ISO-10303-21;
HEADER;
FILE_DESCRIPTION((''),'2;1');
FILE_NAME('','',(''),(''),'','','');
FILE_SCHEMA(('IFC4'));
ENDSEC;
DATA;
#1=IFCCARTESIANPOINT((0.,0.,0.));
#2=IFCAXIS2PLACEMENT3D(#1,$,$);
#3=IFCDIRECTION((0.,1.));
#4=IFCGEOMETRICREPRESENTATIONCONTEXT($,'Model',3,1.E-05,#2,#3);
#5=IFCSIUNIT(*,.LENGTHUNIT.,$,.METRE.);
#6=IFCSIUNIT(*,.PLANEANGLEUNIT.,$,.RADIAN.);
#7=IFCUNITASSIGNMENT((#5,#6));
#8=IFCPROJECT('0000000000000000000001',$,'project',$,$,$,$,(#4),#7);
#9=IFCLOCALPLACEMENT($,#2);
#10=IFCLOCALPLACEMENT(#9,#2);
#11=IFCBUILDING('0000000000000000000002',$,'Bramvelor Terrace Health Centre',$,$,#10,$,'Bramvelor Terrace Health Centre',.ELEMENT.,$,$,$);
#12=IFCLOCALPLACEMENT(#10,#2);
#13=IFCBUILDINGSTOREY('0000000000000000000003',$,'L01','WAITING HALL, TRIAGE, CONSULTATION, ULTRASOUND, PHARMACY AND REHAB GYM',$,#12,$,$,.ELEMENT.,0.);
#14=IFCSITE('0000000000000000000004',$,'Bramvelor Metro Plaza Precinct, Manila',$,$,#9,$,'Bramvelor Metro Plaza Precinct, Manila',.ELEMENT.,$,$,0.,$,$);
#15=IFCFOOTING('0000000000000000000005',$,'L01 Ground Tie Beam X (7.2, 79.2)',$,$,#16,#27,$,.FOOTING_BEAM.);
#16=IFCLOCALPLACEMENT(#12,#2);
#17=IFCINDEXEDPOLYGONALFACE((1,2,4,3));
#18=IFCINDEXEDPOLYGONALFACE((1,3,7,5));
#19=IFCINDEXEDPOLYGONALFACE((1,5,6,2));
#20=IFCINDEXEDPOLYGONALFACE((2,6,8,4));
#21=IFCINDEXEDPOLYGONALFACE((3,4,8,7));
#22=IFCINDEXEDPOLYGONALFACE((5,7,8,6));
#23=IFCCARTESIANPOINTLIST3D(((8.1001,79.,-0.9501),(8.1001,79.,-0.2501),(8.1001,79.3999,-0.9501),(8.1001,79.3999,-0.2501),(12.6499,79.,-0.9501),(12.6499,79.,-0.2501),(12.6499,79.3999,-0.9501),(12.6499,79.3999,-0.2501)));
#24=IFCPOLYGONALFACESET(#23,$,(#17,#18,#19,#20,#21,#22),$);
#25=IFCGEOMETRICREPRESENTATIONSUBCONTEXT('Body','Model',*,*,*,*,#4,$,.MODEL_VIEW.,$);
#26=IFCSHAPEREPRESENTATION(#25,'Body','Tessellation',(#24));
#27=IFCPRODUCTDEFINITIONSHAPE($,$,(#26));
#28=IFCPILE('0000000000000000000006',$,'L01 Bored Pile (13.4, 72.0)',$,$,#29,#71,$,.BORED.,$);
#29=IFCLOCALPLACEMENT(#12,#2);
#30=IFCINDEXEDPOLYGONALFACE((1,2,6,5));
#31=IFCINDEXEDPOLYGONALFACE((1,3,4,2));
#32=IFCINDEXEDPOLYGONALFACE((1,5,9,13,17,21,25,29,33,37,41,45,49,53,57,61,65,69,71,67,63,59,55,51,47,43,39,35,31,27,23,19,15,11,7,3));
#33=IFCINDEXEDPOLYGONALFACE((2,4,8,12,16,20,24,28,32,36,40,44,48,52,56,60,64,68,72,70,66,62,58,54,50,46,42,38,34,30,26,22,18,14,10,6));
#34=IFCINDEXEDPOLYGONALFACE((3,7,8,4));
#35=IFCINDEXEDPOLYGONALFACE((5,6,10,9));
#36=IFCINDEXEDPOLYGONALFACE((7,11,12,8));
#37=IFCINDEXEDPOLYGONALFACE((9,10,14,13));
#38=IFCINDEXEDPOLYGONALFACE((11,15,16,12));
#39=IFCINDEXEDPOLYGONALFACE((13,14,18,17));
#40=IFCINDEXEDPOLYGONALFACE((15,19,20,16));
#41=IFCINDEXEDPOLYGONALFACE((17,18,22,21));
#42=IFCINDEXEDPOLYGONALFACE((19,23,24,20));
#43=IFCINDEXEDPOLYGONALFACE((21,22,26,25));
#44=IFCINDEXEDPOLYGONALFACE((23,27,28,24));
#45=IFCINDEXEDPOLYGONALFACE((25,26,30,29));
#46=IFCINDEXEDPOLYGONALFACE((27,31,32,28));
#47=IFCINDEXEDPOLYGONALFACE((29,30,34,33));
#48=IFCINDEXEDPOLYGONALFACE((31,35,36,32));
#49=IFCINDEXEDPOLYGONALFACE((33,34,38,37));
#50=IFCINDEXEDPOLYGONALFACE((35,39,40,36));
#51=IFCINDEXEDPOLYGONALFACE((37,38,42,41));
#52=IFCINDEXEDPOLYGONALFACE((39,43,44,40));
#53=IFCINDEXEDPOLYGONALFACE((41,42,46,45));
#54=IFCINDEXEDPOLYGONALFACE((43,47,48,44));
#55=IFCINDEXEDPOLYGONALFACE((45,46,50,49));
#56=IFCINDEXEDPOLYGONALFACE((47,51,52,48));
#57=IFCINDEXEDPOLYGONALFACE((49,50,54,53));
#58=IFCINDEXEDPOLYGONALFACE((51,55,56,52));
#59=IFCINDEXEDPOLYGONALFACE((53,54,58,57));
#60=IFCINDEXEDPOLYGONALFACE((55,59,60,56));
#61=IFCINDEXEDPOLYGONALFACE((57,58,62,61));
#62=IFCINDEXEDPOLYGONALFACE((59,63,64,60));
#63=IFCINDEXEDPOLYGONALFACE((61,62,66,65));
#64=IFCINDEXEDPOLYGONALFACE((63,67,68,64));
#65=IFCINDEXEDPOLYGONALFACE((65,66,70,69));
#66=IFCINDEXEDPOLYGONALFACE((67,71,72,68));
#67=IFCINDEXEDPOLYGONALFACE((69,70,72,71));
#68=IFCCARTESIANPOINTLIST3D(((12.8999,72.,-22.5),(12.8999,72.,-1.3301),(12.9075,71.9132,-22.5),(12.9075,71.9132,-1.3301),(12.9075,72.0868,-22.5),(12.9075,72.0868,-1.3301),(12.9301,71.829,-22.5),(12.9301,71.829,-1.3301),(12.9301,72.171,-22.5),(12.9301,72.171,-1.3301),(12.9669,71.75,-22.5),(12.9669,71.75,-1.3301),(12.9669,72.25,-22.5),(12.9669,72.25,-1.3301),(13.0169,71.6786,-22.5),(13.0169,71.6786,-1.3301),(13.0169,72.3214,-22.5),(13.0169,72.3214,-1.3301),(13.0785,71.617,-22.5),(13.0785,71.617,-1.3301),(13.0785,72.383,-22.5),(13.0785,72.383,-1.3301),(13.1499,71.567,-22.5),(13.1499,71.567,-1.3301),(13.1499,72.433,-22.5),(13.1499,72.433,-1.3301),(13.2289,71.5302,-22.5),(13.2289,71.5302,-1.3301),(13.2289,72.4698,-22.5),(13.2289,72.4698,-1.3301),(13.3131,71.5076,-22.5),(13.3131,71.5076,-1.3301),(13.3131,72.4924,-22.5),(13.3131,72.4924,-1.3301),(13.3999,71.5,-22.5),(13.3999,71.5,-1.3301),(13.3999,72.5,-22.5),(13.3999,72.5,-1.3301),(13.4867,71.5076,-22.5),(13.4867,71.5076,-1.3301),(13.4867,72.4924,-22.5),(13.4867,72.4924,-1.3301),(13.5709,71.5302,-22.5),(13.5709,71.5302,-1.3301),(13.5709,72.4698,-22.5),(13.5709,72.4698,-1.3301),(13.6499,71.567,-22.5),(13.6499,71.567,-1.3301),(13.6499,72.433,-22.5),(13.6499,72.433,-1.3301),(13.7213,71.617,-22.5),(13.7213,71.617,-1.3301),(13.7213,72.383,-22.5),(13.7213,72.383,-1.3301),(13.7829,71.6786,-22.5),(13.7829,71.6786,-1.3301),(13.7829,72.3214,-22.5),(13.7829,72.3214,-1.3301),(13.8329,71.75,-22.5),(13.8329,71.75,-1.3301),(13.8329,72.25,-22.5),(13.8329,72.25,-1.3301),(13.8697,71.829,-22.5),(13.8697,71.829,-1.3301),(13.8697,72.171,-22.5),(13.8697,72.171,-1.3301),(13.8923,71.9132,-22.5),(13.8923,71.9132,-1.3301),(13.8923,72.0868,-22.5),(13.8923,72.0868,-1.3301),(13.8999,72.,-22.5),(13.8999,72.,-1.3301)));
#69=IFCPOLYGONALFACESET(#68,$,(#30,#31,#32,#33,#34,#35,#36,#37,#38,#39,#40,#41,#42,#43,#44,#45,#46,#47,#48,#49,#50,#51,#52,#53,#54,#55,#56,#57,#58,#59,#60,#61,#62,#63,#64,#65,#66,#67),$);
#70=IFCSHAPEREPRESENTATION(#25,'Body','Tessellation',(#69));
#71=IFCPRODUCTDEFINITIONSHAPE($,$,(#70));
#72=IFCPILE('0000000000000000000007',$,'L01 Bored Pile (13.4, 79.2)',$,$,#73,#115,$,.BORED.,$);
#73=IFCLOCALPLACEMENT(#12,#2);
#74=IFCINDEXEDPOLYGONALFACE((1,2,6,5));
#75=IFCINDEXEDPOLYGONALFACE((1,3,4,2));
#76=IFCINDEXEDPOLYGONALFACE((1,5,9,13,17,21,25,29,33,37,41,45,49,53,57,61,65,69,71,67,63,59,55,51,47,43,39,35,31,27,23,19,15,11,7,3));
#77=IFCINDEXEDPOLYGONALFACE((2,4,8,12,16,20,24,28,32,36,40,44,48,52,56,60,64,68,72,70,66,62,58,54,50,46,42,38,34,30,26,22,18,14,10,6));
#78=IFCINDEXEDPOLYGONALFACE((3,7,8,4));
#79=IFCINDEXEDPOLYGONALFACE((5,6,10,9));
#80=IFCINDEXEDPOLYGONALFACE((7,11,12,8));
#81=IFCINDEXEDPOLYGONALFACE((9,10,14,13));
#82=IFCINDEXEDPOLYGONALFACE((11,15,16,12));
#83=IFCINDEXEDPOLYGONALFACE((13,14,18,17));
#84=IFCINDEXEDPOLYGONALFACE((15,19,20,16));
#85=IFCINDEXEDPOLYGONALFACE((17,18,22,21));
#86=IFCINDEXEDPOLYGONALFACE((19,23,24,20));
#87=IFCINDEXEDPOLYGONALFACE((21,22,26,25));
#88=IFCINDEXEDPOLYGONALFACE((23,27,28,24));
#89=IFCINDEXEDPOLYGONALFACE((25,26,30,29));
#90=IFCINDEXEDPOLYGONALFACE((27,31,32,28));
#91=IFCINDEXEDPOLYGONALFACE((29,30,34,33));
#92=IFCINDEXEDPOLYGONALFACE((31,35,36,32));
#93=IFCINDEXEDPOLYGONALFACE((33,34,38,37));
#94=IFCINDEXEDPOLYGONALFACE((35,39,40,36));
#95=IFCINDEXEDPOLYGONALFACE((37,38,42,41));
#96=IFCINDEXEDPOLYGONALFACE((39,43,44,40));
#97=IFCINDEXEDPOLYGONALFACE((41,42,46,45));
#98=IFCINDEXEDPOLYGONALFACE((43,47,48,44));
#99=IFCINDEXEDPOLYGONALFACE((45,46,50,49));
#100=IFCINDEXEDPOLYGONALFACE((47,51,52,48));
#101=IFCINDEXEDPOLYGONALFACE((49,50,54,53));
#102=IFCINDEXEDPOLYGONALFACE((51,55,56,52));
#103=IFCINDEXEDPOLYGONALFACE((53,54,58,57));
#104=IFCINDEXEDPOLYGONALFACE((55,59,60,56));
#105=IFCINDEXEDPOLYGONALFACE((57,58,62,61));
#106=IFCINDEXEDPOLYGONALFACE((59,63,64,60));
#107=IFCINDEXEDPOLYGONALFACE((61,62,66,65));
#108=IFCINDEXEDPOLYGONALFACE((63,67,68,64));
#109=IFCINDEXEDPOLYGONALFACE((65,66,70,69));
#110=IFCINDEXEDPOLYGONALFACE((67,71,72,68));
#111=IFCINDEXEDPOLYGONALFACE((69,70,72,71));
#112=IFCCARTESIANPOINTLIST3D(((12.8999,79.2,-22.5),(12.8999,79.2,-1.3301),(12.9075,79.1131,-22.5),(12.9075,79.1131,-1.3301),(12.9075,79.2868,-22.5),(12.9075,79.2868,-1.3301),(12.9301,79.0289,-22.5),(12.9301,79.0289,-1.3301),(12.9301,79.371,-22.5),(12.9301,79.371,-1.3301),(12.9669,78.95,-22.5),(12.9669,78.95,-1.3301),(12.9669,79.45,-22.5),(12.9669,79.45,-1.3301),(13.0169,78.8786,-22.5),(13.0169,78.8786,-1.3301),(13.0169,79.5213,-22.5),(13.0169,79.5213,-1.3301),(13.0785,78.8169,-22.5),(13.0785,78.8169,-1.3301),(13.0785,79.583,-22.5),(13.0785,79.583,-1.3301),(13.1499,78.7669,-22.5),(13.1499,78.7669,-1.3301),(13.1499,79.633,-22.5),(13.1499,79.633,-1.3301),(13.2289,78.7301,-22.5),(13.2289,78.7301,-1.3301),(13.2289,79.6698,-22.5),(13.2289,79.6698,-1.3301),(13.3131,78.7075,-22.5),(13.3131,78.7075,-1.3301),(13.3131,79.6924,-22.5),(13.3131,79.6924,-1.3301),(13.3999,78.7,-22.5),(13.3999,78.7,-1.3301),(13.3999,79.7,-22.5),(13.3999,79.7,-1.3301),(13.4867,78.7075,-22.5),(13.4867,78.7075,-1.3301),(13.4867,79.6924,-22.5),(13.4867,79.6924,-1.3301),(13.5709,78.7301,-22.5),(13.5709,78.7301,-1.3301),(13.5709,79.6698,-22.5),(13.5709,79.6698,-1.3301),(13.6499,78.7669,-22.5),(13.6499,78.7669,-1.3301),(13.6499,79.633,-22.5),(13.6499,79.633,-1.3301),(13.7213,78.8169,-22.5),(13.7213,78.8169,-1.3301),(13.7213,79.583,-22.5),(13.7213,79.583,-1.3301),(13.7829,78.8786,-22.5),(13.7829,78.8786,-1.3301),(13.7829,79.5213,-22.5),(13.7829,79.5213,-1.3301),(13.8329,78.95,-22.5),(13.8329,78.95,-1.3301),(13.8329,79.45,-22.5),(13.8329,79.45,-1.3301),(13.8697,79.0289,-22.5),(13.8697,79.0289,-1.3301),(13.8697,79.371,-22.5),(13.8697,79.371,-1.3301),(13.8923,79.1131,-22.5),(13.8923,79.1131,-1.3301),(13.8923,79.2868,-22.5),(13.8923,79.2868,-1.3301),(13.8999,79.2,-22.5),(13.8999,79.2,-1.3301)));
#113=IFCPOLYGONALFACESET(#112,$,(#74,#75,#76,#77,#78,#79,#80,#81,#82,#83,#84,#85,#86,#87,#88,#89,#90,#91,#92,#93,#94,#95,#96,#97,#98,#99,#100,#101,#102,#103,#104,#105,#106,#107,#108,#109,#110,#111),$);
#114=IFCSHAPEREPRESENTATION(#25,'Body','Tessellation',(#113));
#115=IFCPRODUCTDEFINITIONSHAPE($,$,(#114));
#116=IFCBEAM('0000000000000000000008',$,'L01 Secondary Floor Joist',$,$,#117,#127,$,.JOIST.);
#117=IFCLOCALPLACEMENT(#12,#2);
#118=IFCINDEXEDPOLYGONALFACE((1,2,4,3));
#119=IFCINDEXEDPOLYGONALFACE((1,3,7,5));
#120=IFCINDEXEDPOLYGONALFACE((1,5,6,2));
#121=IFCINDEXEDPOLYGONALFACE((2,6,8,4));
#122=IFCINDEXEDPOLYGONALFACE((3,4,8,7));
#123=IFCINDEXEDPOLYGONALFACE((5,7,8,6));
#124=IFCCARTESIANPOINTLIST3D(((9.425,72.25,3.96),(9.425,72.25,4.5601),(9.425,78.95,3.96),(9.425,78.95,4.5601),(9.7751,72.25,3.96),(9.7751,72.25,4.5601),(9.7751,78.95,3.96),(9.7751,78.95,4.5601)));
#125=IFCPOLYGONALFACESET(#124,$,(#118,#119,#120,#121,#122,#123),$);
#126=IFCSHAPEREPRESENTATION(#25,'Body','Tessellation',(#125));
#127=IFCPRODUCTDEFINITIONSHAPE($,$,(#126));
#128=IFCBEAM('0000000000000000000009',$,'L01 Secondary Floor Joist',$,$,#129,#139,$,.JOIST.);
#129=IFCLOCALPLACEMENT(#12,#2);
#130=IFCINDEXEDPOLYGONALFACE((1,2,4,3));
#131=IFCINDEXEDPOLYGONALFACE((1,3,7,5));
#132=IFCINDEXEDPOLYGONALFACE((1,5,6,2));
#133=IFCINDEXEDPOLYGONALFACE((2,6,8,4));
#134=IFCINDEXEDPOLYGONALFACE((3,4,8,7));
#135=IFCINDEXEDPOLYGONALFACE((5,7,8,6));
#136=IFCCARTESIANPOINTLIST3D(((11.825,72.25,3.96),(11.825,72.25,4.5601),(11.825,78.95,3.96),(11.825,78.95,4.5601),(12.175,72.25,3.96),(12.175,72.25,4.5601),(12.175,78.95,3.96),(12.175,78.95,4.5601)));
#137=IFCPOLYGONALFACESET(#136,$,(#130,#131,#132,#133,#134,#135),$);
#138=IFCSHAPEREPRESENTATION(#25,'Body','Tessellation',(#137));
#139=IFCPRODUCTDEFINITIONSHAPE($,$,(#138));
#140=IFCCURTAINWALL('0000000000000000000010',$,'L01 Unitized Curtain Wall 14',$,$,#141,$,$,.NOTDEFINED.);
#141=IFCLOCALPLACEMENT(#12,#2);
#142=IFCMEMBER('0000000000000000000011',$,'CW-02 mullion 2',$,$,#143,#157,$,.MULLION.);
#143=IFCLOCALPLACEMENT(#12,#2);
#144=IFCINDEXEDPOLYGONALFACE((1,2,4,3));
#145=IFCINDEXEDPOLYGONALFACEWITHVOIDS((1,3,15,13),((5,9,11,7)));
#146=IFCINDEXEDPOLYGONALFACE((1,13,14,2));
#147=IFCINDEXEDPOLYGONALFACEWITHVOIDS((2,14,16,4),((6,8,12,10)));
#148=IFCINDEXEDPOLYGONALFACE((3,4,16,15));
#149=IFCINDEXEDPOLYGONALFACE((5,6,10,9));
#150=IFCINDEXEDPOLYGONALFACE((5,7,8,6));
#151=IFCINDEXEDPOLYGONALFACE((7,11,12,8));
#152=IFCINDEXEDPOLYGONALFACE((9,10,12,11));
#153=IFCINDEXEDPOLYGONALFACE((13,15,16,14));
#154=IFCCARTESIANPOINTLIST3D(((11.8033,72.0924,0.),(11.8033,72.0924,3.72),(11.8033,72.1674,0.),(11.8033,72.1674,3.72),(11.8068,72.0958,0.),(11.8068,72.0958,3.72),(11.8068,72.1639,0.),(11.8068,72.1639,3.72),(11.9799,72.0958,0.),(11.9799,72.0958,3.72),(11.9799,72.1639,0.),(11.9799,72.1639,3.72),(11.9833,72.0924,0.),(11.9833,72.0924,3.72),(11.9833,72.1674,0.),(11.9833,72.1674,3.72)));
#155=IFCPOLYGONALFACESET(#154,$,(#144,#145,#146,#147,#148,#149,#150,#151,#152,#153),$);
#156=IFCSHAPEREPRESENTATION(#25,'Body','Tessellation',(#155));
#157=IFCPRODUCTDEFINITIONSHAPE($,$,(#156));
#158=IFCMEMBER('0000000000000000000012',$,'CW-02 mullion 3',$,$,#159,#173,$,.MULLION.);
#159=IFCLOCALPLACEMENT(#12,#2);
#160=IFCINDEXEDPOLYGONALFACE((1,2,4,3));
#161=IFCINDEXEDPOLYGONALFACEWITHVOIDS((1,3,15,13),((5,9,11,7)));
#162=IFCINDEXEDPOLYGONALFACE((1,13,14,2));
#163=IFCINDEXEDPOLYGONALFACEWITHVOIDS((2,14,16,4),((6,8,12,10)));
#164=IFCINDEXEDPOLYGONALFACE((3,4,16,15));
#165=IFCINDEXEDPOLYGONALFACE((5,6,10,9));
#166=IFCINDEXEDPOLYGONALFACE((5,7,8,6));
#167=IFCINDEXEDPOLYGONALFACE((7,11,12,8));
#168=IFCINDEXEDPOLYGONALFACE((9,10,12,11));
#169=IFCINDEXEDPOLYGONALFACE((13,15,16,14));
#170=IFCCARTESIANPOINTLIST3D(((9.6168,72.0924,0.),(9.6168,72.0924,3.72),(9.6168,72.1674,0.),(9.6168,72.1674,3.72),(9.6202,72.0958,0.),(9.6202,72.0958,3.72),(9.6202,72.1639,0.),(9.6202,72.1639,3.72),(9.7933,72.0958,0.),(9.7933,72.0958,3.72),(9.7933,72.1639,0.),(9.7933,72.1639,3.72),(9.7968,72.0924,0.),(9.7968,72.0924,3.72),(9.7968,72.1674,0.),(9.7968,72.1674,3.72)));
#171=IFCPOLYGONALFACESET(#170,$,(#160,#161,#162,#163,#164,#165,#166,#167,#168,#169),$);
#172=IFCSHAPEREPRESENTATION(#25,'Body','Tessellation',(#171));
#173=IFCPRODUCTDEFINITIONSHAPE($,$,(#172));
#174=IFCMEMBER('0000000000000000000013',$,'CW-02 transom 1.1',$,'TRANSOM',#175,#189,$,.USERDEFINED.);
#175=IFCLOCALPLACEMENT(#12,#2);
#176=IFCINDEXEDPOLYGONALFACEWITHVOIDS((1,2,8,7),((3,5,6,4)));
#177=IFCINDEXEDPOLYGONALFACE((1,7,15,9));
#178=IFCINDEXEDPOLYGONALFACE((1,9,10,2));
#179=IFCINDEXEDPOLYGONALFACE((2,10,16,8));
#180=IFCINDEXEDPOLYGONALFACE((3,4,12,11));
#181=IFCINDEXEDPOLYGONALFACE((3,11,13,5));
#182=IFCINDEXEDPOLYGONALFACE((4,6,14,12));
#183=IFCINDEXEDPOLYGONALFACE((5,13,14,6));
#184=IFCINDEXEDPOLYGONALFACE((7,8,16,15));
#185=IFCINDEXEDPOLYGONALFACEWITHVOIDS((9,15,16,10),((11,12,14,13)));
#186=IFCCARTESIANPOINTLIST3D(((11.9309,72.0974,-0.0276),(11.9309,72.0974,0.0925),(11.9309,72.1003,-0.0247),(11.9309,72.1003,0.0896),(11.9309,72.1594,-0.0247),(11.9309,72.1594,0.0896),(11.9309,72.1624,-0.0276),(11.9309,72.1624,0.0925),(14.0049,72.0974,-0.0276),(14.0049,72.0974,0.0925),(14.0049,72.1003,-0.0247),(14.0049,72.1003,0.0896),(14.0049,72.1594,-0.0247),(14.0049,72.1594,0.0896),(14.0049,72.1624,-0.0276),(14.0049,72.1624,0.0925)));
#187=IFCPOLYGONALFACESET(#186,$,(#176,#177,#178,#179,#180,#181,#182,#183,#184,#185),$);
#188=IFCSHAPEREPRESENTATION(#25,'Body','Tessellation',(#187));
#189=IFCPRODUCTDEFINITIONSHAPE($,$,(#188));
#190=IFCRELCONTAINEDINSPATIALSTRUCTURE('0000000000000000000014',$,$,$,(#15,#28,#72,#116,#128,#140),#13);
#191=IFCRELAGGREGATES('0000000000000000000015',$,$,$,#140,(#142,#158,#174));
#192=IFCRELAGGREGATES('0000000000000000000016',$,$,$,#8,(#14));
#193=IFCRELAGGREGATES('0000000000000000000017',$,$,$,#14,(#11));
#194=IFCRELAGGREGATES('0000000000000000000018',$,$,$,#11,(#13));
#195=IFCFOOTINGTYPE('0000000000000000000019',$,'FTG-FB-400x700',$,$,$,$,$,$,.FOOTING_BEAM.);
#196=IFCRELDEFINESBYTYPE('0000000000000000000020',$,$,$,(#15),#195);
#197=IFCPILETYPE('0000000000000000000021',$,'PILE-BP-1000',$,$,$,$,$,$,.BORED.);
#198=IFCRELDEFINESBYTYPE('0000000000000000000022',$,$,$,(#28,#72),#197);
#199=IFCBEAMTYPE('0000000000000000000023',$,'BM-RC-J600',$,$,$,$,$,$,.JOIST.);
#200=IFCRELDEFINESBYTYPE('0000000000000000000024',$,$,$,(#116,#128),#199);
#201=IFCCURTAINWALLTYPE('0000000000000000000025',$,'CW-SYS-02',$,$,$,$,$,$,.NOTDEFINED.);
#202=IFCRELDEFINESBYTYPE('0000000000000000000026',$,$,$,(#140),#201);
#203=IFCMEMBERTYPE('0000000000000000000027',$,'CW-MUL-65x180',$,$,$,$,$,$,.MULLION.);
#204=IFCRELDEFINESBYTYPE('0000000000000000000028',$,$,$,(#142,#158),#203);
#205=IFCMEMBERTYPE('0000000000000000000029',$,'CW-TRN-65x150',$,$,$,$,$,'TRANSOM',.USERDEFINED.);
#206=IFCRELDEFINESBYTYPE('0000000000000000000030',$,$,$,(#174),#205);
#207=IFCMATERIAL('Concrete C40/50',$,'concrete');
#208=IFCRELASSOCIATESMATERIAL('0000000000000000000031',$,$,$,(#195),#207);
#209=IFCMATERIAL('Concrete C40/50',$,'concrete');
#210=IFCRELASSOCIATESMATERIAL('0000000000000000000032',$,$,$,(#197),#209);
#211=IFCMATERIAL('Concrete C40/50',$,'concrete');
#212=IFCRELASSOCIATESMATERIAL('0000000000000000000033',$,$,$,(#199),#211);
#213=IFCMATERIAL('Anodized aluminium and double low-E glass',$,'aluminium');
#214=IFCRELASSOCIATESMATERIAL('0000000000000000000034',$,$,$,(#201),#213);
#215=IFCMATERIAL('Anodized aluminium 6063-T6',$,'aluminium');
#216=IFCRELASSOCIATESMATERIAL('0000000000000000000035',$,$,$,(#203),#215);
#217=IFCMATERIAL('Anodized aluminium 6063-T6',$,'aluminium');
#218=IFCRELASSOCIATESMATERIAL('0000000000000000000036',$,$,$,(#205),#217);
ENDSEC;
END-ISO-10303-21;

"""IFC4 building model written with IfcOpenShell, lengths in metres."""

from ifc_helpers import new_model, si_unit, direction, frame, origin, origin_2d, place, context, subcontext, project, spatial, rectangle, hollow_rectangle, circle, extrude, material, material_profile, profile_set, type_object, element, aggregate, save


model = new_model("IFC4")

# Units and contexts
model_context = context("Model", 3, precision=1e-05, world=origin(), true_north=direction((0.0, 1.0)))
body_context = subcontext(model_context, "Body", "Model", "MODEL_VIEW")
ifc_project = project(units=[si_unit("LENGTHUNIT", "METRE"), si_unit("PLANEANGLEUNIT", "RADIAN")], contexts=[model_context])

# Site, building, storey
site_placement = place(None, origin())
site = spatial("IfcSite", under=ifc_project, at=site_placement, Name="Bramvelor Metro Plaza Precinct, Manila", LongName="Bramvelor Metro Plaza Precinct, Manila", CompositionType="ELEMENT", RefElevation=0.0)
building_placement = place(site_placement, origin())
building = spatial("IfcBuilding", under=site, at=building_placement, Name="Bramvelor Terrace Health Centre", LongName="Bramvelor Terrace Health Centre", CompositionType="ELEMENT")
storey_placement = place(building_placement, origin())
storey = spatial("IfcBuildingStorey", under=building, at=storey_placement, Name="L01", Description="WAITING HALL, TRIAGE, CONSULTATION, ULTRASOUND, PHARMACY AND REHAB GYM", CompositionType="ELEMENT", Elevation=0.0)

# Footing
ifc_material_1 = material(Name="Concrete C40/50", Category="concrete")
ifc_material_profile_1 = material_profile(ifc_material_1, rectangle(XDim=0.3999, YDim=0.7, at=origin_2d()), Name="RC 400x700")
ifc_profile_set_1 = profile_set([ifc_material_profile_1], Name="Concrete C40/50")
footing_type = type_object("IfcFootingType", Name="FTG-FB-400x700", PredefinedType="FOOTING_BEAM", material=ifc_profile_set_1)
footing_placement = place(storey_placement, frame((8.1001, 79.2, -0.6001), z_axis=(1.0, 0.0, 0.0), x_axis=(0.0, 1.0, 0.0)))
element("IfcFooting", 1, at=footing_placement, inside=storey, type_object=footing_type, Name="L01 Ground Tie Beam X (7.2, 79.2)", PredefinedType="FOOTING_BEAM", context=body_context, shape_type="SweptSolid", body=[
    extrude(rectangle(XDim=0.3999, YDim=0.7, at=origin_2d()), origin(), (0.0, 0.0, 1.0), 4.5498),
])

# Piles
ifc_material_2 = material(Name="Concrete C40/50", Category="concrete")
ifc_material_profile_2 = material_profile(ifc_material_2, circle(Radius=0.5, at=origin_2d()), Name="BP D1000")
ifc_profile_set_2 = profile_set([ifc_material_profile_2], Name="Concrete C40/50")
pile_type = type_object("IfcPileType", Name="PILE-BP-1000", PredefinedType="BORED", material=ifc_profile_set_2)
for number, where, z_axis, x_axis, name in (
    (2, (13.3999, 72.0, -1.3301), (0.0, 0.0, -1.0), (1.0, 0.0, 0.0), "L01 Bored Pile (13.4, 72.0)"),
    (3, (13.3999, 79.2, -1.3301), (0.0, 0.0, -1.0), (1.0, 0.0, 0.0), "L01 Bored Pile (13.4, 79.2)"),
):
    element("IfcPile", number, at=place(storey_placement, frame(where, z_axis=z_axis, x_axis=x_axis)), inside=storey, type_object=pile_type, Name=name, PredefinedType="BORED", context=body_context, shape_type="SweptSolid", body=[
        extrude(circle(Radius=0.5, at=origin_2d()), origin(), (0.0, 0.0, 1.0), 21.1699),
    ])

# Beams
ifc_material_3 = material(Name="Concrete C40/50", Category="concrete")
ifc_material_profile_3 = material_profile(ifc_material_3, rectangle(XDim=0.3501, YDim=0.6001, at=origin_2d()), Name="RC 350x600")
ifc_profile_set_3 = profile_set([ifc_material_profile_3], Name="Concrete C40/50")
beam_type = type_object("IfcBeamType", Name="BM-RC-J600", PredefinedType="JOIST", material=ifc_profile_set_3)
for number, where, z_axis, x_axis, name in (
    (4, (9.6001, 72.25, 4.26), (0.0, 1.0, 0.0), (-1.0, 0.0, 0.0), "L01 Secondary Floor Joist"),
    (5, (12.0, 72.25, 4.26), (0.0, 1.0, 0.0), (-1.0, 0.0, 0.0), "L01 Secondary Floor Joist"),
):
    element("IfcBeam", number, at=place(storey_placement, frame(where, z_axis=z_axis, x_axis=x_axis)), inside=storey, type_object=beam_type, Name=name, PredefinedType="JOIST", context=body_context, shape_type="SweptSolid", body=[
        extrude(rectangle(XDim=0.3501, YDim=0.6001, at=origin_2d()), origin(), (0.0, 0.0, 1.0), 6.7),
    ])

# Curtain wall, members
ifc_material_4 = material(Name="Anodized aluminium and double low-E glass", Category="aluminium")
curtain_wall_type = type_object("IfcCurtainWallType", Name="CW-SYS-02", PredefinedType="NOTDEFINED", material=ifc_material_4)
curtain_wall_placement = place(storey_placement, origin())
curtain_wall = element("IfcCurtainWall", 6, at=curtain_wall_placement, inside=storey, type_object=curtain_wall_type, Name="L01 Unitized Curtain Wall 14", PredefinedType="NOTDEFINED")
ifc_material_5 = material(Name="Anodized aluminium 6063-T6", Category="aluminium")
ifc_material_profile_4 = material_profile(ifc_material_5, hollow_rectangle(XDim=0.075, YDim=0.1799, WallThickness=0.0034, at=origin_2d()), Name="ALU-MUL 75x180x3.5")
ifc_profile_set_4 = profile_set([ifc_material_profile_4], Name="Anodized aluminium 6063-T6")
member_type_1 = type_object("IfcMemberType", Name="CW-MUL-65x180", PredefinedType="MULLION", material=ifc_profile_set_4)
member_1_placement = place(storey_placement, frame((11.8933, 72.1299, 0.0), z_axis=(0.0, 0.0, 1.0), x_axis=(0.0, -1.0, 0.0)))
member_1 = element("IfcMember", 7, at=member_1_placement, type_object=member_type_1, Name="CW-02 mullion 2", PredefinedType="MULLION", context=body_context, shape_type="SweptSolid", body=[
    extrude(hollow_rectangle(XDim=0.075, YDim=0.1799, WallThickness=0.0034, at=origin_2d()), origin(), (0.0, 0.0, 1.0), 3.72),
])
member_2_placement = place(storey_placement, frame((9.7068, 72.1299, 0.0), z_axis=(0.0, 0.0, 1.0), x_axis=(0.0, -1.0, 0.0)))
member_2 = element("IfcMember", 8, at=member_2_placement, type_object=member_type_1, Name="CW-02 mullion 3", PredefinedType="MULLION", context=body_context, shape_type="SweptSolid", body=[
    extrude(hollow_rectangle(XDim=0.075, YDim=0.1799, WallThickness=0.0034, at=origin_2d()), origin(), (0.0, 0.0, 1.0), 3.72),
])
ifc_material_6 = material(Name="Anodized aluminium 6063-T6", Category="aluminium")
ifc_material_profile_5 = material_profile(ifc_material_6, hollow_rectangle(XDim=0.0649, YDim=0.1201, WallThickness=0.0029, at=origin_2d()), Name="ALU-TRN 65x120x3.0")
ifc_profile_set_5 = profile_set([ifc_material_profile_5], Name="Anodized aluminium 6063-T6")
member_type_2 = type_object("IfcMemberType", Name="CW-TRN-65x150", ElementType="TRANSOM", PredefinedType="USERDEFINED", material=ifc_profile_set_5)
member_3_placement = place(storey_placement, frame((14.0049, 72.1299, 0.0325), z_axis=(-1.0, 0.0, 0.0), x_axis=(0.0, -1.0, 0.0)))
member_3 = element("IfcMember", 9, at=member_3_placement, type_object=member_type_2, Name="CW-02 transom 1.1", ObjectType="TRANSOM", PredefinedType="USERDEFINED", context=body_context, shape_type="SweptSolid", body=[
    extrude(hollow_rectangle(XDim=0.0649, YDim=0.1201, WallThickness=0.0029, at=origin_2d()), origin(), (0.0, 0.0, 1.0), 2.074),
])
aggregate(curtain_wall, [member_1, member_2, member_3])

save(model, "model.ifc")
